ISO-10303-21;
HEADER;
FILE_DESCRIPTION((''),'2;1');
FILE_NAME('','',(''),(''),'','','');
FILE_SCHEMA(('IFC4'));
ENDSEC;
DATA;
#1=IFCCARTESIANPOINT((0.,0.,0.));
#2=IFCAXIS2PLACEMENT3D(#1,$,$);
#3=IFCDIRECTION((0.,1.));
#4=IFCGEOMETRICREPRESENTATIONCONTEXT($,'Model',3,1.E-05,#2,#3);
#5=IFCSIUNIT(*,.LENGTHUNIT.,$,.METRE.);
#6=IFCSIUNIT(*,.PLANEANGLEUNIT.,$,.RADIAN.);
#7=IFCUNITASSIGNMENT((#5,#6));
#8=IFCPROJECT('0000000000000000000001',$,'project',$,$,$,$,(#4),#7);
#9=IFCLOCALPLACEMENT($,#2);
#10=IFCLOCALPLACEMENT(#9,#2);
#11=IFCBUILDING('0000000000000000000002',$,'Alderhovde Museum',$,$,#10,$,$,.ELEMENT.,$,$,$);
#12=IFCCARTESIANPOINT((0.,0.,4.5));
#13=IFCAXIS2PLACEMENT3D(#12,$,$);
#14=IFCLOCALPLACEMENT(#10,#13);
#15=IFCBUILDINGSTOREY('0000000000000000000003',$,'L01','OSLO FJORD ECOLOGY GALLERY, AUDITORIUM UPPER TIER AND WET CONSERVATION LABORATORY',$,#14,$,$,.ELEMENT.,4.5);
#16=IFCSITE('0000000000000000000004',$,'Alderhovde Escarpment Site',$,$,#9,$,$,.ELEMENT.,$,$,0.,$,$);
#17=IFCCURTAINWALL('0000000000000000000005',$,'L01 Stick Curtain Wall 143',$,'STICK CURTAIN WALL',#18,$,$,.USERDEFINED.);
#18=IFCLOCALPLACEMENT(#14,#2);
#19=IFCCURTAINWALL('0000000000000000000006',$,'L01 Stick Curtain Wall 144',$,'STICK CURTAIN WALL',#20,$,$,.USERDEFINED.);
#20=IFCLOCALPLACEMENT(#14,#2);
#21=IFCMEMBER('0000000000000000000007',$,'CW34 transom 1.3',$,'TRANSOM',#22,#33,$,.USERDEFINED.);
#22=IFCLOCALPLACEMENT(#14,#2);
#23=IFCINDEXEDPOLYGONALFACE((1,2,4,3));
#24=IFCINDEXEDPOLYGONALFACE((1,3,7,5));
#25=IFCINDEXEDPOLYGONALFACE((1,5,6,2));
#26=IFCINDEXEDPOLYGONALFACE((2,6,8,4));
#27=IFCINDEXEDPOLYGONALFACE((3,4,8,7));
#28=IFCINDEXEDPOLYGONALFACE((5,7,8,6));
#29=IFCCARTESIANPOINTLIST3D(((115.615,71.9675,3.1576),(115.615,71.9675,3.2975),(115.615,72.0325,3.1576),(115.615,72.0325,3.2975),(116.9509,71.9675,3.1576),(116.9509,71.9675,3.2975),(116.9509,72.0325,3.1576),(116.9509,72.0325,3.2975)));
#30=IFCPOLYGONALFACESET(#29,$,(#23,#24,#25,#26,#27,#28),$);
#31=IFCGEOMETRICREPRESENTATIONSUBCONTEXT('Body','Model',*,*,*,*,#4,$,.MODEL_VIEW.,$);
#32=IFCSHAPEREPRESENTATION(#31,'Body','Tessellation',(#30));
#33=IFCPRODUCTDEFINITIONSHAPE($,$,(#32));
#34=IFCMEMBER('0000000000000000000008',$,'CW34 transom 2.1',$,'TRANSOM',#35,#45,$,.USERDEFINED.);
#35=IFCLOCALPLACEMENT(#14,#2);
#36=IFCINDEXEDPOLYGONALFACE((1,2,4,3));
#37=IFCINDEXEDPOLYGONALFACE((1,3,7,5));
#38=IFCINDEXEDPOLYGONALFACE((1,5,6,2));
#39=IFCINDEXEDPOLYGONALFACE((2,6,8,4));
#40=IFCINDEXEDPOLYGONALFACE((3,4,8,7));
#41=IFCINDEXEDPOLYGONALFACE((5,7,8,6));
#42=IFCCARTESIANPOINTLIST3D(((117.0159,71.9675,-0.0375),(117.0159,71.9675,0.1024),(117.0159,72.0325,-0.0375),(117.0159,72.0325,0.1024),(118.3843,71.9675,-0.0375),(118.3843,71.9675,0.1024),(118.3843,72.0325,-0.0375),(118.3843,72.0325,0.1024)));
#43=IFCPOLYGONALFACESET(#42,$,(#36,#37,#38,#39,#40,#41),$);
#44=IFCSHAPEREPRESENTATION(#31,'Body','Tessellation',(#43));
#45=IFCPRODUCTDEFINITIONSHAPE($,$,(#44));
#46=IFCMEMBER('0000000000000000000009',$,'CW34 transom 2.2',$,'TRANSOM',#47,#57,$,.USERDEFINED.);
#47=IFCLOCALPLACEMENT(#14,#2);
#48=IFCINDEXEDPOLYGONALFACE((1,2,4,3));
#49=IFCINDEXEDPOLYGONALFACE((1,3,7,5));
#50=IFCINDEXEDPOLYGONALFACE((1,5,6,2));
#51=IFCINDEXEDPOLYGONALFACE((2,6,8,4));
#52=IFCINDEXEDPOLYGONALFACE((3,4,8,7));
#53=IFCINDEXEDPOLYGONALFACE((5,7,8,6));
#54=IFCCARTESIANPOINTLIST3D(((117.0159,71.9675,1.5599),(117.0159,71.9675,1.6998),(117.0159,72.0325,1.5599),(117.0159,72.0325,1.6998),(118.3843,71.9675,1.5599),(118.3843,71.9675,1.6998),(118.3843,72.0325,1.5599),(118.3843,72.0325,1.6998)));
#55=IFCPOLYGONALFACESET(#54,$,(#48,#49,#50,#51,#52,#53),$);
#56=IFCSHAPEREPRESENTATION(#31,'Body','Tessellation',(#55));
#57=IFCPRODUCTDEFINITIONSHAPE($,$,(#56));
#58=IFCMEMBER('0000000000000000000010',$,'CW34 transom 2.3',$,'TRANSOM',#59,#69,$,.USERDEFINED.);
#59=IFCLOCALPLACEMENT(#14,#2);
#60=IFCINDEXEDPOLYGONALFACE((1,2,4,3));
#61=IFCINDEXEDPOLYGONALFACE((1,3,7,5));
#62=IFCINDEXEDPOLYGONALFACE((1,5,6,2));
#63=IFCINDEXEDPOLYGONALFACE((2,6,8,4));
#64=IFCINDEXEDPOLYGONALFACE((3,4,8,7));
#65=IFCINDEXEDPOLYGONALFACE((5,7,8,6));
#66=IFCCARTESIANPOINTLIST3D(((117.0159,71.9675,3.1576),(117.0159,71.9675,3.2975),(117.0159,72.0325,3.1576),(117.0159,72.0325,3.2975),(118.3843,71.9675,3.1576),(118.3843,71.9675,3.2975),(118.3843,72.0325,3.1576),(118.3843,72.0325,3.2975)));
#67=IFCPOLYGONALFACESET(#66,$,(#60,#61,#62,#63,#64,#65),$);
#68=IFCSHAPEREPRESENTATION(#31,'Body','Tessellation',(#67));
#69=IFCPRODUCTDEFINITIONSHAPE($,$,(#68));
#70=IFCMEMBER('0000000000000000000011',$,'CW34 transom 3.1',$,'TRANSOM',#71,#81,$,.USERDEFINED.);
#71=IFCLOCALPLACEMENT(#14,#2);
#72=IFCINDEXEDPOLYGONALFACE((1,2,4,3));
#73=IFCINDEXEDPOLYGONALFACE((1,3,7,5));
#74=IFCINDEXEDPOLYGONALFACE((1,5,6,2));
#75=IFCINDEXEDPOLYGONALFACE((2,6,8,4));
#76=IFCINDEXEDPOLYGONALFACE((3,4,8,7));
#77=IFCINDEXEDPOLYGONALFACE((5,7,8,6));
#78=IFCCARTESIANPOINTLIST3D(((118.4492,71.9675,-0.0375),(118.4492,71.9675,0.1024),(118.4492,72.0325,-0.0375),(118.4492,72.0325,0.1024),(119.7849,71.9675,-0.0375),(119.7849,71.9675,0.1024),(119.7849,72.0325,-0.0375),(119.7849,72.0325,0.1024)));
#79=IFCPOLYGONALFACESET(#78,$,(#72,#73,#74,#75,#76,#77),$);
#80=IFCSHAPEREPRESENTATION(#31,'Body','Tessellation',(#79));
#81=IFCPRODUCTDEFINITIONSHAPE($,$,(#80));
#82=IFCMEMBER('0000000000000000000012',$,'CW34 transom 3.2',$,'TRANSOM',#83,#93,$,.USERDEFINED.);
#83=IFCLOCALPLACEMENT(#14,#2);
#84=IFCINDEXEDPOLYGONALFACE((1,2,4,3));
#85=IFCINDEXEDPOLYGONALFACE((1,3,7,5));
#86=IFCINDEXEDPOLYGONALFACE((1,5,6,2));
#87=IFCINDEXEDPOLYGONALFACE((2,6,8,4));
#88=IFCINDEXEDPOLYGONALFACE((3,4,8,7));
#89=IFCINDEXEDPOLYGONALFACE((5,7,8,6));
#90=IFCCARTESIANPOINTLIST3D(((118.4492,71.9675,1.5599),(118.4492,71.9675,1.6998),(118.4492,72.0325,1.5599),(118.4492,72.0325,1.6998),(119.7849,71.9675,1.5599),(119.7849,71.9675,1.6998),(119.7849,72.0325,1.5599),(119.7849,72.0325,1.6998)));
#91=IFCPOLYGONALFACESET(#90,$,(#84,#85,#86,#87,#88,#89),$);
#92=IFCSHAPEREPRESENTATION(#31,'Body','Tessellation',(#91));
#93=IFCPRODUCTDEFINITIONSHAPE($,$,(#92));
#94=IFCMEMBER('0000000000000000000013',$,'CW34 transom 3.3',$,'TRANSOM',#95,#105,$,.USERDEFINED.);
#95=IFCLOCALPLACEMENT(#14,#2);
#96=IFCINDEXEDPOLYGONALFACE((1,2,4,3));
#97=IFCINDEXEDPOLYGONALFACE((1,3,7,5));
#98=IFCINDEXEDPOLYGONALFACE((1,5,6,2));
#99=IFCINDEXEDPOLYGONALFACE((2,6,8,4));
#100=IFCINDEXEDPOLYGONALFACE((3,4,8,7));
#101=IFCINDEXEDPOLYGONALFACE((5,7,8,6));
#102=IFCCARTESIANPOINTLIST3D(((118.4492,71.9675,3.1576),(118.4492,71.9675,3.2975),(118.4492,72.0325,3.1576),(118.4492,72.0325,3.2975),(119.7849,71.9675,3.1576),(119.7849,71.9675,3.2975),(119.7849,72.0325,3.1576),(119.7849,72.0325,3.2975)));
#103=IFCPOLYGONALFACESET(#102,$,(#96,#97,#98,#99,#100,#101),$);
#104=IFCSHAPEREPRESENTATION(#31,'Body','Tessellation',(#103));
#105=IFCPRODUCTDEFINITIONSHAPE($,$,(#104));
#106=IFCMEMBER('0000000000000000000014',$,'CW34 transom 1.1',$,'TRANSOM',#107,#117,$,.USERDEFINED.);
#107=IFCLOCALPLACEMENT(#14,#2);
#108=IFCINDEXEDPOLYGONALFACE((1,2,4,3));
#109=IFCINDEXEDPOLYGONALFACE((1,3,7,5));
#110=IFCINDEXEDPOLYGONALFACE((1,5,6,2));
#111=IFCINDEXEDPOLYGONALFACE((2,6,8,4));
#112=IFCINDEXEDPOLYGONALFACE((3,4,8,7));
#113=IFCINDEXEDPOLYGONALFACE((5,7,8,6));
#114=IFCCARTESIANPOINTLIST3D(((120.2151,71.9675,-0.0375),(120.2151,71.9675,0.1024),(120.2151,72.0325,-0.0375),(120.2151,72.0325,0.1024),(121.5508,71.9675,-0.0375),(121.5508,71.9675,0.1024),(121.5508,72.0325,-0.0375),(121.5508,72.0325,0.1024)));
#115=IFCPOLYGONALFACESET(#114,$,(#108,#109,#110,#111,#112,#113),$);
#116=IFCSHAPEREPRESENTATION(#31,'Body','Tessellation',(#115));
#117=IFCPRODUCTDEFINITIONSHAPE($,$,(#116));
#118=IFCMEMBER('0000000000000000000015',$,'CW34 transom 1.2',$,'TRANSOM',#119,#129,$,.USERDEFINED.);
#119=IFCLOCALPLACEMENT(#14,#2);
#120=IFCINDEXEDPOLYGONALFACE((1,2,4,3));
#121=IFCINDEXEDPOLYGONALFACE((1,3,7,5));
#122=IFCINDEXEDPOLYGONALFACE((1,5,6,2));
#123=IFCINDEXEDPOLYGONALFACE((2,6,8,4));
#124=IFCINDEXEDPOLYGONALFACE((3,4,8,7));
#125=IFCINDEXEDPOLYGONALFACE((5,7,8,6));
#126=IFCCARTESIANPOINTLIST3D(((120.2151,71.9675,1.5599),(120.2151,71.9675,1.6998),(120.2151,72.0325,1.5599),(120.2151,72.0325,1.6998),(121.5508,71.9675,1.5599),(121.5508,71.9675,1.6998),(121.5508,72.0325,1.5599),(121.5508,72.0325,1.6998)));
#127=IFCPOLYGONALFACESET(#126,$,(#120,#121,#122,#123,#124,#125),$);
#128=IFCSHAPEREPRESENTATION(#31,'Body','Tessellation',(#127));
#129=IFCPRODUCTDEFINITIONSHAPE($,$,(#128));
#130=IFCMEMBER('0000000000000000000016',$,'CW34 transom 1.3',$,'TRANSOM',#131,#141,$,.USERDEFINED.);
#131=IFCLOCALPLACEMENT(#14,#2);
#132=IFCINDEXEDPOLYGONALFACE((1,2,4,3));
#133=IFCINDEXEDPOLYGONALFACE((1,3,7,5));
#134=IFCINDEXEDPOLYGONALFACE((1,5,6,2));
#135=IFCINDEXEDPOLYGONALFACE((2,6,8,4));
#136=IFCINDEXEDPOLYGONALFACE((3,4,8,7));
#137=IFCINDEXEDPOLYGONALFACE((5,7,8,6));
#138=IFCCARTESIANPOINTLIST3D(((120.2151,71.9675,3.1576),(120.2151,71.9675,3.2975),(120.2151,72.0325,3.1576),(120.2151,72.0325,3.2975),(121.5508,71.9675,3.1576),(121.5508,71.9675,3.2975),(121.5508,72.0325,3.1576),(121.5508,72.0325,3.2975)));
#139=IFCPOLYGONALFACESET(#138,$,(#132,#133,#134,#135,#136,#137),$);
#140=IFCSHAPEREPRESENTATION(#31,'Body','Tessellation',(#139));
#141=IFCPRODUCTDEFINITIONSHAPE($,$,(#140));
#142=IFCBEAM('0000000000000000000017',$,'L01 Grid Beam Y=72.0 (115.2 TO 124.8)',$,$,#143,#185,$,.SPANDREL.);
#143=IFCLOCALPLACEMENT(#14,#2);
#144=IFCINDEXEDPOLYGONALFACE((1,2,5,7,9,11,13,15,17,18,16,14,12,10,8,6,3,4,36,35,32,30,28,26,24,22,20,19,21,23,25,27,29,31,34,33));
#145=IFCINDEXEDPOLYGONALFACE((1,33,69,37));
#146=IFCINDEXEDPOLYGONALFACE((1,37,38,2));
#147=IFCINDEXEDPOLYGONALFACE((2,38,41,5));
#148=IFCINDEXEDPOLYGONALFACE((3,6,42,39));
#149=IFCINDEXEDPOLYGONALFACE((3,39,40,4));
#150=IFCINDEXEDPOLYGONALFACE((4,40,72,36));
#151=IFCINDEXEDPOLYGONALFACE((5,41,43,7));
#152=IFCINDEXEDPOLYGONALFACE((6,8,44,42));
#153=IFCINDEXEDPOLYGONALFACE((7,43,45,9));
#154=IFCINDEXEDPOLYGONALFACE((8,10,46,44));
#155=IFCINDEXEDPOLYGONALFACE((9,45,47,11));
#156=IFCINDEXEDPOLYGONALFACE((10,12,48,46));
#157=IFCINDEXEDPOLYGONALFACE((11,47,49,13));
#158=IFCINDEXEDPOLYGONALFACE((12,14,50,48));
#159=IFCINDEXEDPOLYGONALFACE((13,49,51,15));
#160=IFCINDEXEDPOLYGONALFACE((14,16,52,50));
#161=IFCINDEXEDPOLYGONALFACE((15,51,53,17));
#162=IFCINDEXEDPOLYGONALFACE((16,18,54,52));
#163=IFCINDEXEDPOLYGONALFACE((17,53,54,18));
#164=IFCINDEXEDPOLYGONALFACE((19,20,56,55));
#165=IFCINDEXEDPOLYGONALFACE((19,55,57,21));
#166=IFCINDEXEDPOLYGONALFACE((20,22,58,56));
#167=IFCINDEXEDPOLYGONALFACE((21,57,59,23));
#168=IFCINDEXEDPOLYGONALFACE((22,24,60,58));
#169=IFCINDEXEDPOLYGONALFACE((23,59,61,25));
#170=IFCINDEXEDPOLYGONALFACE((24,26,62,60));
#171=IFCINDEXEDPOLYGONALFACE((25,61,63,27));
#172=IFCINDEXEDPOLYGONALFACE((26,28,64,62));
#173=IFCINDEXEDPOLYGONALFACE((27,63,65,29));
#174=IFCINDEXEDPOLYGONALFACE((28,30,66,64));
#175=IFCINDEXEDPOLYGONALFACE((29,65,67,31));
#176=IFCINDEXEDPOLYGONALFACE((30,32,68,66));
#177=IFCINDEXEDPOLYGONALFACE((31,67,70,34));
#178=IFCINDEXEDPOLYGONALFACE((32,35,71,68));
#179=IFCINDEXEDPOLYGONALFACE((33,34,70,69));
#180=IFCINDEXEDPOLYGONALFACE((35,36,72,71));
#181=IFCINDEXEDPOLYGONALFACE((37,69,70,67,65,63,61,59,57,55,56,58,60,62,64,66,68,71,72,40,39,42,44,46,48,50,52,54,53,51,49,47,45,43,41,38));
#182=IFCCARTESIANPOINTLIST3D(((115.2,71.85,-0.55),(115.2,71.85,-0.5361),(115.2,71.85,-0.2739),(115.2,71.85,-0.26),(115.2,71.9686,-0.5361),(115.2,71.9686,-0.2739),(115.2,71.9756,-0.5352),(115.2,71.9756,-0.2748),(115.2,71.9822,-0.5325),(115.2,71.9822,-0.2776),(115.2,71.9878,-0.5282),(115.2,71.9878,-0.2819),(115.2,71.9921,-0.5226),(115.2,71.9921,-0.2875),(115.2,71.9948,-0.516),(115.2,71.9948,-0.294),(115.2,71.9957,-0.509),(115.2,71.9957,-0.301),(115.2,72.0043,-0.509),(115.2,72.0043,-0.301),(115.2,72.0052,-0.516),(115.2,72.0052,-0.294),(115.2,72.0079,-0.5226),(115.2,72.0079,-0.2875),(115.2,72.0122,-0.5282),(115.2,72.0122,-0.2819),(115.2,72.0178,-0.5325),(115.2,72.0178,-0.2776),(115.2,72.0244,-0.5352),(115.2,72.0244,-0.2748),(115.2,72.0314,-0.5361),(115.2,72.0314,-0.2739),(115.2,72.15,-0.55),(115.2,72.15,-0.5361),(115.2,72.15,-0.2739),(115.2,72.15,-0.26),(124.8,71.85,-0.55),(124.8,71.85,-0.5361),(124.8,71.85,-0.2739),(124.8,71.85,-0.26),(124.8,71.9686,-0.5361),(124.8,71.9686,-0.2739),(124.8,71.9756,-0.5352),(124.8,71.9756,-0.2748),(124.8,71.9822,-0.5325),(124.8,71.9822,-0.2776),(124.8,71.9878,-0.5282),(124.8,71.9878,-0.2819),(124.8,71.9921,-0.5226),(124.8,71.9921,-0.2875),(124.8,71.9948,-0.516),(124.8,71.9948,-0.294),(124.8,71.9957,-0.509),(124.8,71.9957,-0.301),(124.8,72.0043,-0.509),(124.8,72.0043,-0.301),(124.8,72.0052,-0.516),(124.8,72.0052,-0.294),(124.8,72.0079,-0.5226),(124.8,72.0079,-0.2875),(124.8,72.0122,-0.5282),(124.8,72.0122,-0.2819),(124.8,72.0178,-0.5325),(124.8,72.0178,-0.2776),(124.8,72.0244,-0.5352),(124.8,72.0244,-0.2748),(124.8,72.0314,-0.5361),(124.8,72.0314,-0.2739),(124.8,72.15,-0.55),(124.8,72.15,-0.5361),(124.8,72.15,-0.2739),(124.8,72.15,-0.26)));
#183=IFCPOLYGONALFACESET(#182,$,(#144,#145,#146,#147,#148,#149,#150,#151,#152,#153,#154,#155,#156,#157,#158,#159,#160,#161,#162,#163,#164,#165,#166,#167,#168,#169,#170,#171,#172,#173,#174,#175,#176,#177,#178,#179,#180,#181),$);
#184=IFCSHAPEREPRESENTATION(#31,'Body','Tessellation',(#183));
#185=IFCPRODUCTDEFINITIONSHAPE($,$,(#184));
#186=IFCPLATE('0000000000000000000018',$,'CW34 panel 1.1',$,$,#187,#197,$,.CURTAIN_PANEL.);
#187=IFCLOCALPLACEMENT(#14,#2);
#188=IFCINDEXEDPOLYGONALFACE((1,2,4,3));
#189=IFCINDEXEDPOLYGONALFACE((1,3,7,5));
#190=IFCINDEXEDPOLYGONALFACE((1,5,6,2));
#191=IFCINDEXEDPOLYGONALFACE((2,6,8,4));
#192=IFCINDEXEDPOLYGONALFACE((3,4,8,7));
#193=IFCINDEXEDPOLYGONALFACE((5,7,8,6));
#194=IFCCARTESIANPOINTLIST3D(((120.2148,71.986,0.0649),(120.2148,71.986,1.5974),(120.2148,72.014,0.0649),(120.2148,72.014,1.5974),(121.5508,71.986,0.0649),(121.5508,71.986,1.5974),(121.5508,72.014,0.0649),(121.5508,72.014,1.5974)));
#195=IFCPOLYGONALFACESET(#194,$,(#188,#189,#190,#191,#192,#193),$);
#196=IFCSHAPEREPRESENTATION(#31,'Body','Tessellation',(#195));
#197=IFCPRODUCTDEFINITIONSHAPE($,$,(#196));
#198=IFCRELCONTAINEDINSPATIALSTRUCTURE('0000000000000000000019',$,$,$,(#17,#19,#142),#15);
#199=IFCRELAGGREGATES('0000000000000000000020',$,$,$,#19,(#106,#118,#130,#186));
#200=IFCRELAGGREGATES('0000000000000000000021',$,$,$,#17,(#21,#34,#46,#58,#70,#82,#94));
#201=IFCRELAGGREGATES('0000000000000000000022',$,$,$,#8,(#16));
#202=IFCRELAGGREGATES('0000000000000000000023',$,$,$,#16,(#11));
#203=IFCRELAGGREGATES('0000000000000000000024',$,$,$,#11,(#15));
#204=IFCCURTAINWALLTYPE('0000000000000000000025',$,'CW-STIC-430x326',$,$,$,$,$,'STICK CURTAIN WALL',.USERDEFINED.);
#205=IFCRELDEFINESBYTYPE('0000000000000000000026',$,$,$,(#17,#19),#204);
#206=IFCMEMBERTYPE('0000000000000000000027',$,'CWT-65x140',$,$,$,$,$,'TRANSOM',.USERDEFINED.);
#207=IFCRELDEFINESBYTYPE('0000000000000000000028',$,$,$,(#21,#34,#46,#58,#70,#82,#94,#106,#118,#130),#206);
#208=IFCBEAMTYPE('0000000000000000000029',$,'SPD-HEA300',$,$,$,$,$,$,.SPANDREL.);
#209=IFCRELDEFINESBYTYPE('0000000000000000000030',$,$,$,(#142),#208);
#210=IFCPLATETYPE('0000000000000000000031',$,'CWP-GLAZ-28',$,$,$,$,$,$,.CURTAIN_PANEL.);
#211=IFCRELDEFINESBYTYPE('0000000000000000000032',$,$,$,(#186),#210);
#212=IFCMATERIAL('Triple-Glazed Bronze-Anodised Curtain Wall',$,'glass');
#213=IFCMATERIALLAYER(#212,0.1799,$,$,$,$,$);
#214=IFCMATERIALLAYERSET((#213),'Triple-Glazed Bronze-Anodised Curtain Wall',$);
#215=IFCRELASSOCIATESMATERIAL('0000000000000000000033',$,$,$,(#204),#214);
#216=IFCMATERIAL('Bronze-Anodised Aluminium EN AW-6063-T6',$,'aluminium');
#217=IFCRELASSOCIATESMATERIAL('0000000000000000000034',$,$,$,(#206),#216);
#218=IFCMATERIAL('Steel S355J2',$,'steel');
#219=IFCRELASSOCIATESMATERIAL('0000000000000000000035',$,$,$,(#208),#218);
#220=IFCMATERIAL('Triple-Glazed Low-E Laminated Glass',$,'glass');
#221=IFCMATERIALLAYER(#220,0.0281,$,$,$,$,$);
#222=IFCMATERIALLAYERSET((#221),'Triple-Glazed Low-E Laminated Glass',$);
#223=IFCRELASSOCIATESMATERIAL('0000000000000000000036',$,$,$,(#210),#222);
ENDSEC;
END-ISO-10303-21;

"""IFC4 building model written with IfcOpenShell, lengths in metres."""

from ifc_helpers import new_model, si_unit, direction, frame, origin, origin_2d, place, context, subcontext, project, spatial, rectangle, i_section, extrude, material, layer, layer_set, material_profile, profile_set, type_object, element, aggregate, save


model = new_model("IFC4")

# Units and contexts
model_context = context("Model", 3, precision=1e-05, world=origin(), true_north=direction((0.0, 1.0)))
body_context = subcontext(model_context, "Body", "Model", "MODEL_VIEW")
ifc_project = project(units=[si_unit("LENGTHUNIT", "METRE"), si_unit("PLANEANGLEUNIT", "RADIAN")], contexts=[model_context])

# Site, building, storey
site_placement = place(None, origin())
site = spatial("IfcSite", under=ifc_project, at=site_placement, Name="Alderhovde Escarpment Site", CompositionType="ELEMENT", RefElevation=0.0)
building_placement = place(site_placement, origin())
building = spatial("IfcBuilding", under=site, at=building_placement, Name="Alderhovde Museum", CompositionType="ELEMENT")
storey_placement = place(building_placement, frame((0.0, 0.0, 4.5)))
storey = spatial("IfcBuildingStorey", under=building, at=storey_placement, Name="L01", Description="OSLO FJORD ECOLOGY GALLERY, AUDITORIUM UPPER TIER AND WET CONSERVATION LABORATORY", CompositionType="ELEMENT", Elevation=4.5)

# Curtain wall
ifc_material_1 = material(Name="Triple-Glazed Bronze-Anodised Curtain Wall", Category="glass")
ifc_layer_1 = layer(ifc_material_1, 0.1799)
ifc_layer_set_1 = layer_set([ifc_layer_1], Name="Triple-Glazed Bronze-Anodised Curtain Wall")
curtain_wall_type = type_object("IfcCurtainWallType", Name="CW-STIC-430x326", ElementType="STICK CURTAIN WALL", PredefinedType="USERDEFINED", material=ifc_layer_set_1)
curtain_wall_1_placement = place(storey_placement, origin())
curtain_wall_1 = element("IfcCurtainWall", 1, at=curtain_wall_1_placement, inside=storey, type_object=curtain_wall_type, Name="L01 Stick Curtain Wall 143", ObjectType="STICK CURTAIN WALL", PredefinedType="USERDEFINED")

# Curtain wall
curtain_wall_2_placement = place(storey_placement, origin())
curtain_wall_2 = element("IfcCurtainWall", 2, at=curtain_wall_2_placement, inside=storey, type_object=curtain_wall_type, Name="L01 Stick Curtain Wall 144", ObjectType="STICK CURTAIN WALL", PredefinedType="USERDEFINED")

# Members
ifc_material_2 = material(Name="Bronze-Anodised Aluminium EN AW-6063-T6", Category="aluminium")
ifc_material_profile_1 = material_profile(ifc_material_2, rectangle(XDim=0.0649, YDim=0.1399, at=origin_2d()), Name="TRANSOM 65x140")
ifc_profile_set_1 = profile_set([ifc_material_profile_1], Name="Bronze-Anodised Aluminium EN AW-6063-T6")
member_type_1 = type_object("IfcMemberType", Name="CWT-65x140", ElementType="TRANSOM", PredefinedType="USERDEFINED", material=ifc_profile_set_1)
member_1_placement = place(storey_placement, frame((115.615, 72.0, 3.2275), z_axis=(1.0, 0.0, 0.0), x_axis=(0.0, 1.0, 0.0)))
member_1 = element("IfcMember", 3, at=member_1_placement, type_object=member_type_1, Name="CW34 transom 1.3", ObjectType="TRANSOM", PredefinedType="USERDEFINED", context=body_context, shape_type="SweptSolid", body=[
    extrude(rectangle(XDim=0.0649, YDim=0.1399, at=origin_2d()), origin(), (0.0, 0.0, 1.0), 1.3359),
])
member_2_placement = place(storey_placement, frame((117.0159, 72.0, 0.0325), z_axis=(1.0, 0.0, 0.0), x_axis=(0.0, 1.0, 0.0)))
member_2 = element("IfcMember", 4, at=member_2_placement, type_object=member_type_1, Name="CW34 transom 2.1", ObjectType="TRANSOM", PredefinedType="USERDEFINED", context=body_context, shape_type="SweptSolid", body=[
    extrude(rectangle(XDim=0.0649, YDim=0.1399, at=origin_2d()), origin(), (0.0, 0.0, 1.0), 1.3684),
])
member_3_placement = place(storey_placement, frame((117.0159, 72.0, 1.6299), z_axis=(1.0, 0.0, 0.0), x_axis=(0.0, 1.0, 0.0)))
member_3 = element("IfcMember", 5, at=member_3_placement, type_object=member_type_1, Name="CW34 transom 2.2", ObjectType="TRANSOM", PredefinedType="USERDEFINED", context=body_context, shape_type="SweptSolid", body=[
    extrude(rectangle(XDim=0.0649, YDim=0.1399, at=origin_2d()), origin(), (0.0, 0.0, 1.0), 1.3684),
])
member_4_placement = place(storey_placement, frame((117.0159, 72.0, 3.2275), z_axis=(1.0, 0.0, 0.0), x_axis=(0.0, 1.0, 0.0)))
member_4 = element("IfcMember", 6, at=member_4_placement, type_object=member_type_1, Name="CW34 transom 2.3", ObjectType="TRANSOM", PredefinedType="USERDEFINED", context=body_context, shape_type="SweptSolid", body=[
    extrude(rectangle(XDim=0.0649, YDim=0.1399, at=origin_2d()), origin(), (0.0, 0.0, 1.0), 1.3684),
])
member_5_placement = place(storey_placement, frame((118.4492, 72.0, 0.0325), z_axis=(1.0, 0.0, 0.0), x_axis=(0.0, 1.0, 0.0)))
member_5 = element("IfcMember", 7, at=member_5_placement, type_object=member_type_1, Name="CW34 transom 3.1", ObjectType="TRANSOM", PredefinedType="USERDEFINED", context=body_context, shape_type="SweptSolid", body=[
    extrude(rectangle(XDim=0.0649, YDim=0.1399, at=origin_2d()), origin(), (0.0, 0.0, 1.0), 1.3357),
])
member_6_placement = place(storey_placement, frame((118.4492, 72.0, 1.6299), z_axis=(1.0, 0.0, 0.0), x_axis=(0.0, 1.0, 0.0)))
member_6 = element("IfcMember", 8, at=member_6_placement, type_object=member_type_1, Name="CW34 transom 3.2", ObjectType="TRANSOM", PredefinedType="USERDEFINED", context=body_context, shape_type="SweptSolid", body=[
    extrude(rectangle(XDim=0.0649, YDim=0.1399, at=origin_2d()), origin(), (0.0, 0.0, 1.0), 1.3357),
])
member_7_placement = place(storey_placement, frame((118.4492, 72.0, 3.2275), z_axis=(1.0, 0.0, 0.0), x_axis=(0.0, 1.0, 0.0)))
member_7 = element("IfcMember", 9, at=member_7_placement, type_object=member_type_1, Name="CW34 transom 3.3", ObjectType="TRANSOM", PredefinedType="USERDEFINED", context=body_context, shape_type="SweptSolid", body=[
    extrude(rectangle(XDim=0.0649, YDim=0.1399, at=origin_2d()), origin(), (0.0, 0.0, 1.0), 1.3357),
])
member_8_placement = place(storey_placement, frame((120.2151, 72.0, 0.0325), z_axis=(1.0, 0.0, 0.0), x_axis=(0.0, 1.0, 0.0)))
member_8 = element("IfcMember", 10, at=member_8_placement, type_object=member_type_1, Name="CW34 transom 1.1", ObjectType="TRANSOM", PredefinedType="USERDEFINED", context=body_context, shape_type="SweptSolid", body=[
    extrude(rectangle(XDim=0.0649, YDim=0.1399, at=origin_2d()), origin(), (0.0, 0.0, 1.0), 1.3357),
])
member_9_placement = place(storey_placement, frame((120.2151, 72.0, 1.6299), z_axis=(1.0, 0.0, 0.0), x_axis=(0.0, 1.0, 0.0)))
member_9 = element("IfcMember", 11, at=member_9_placement, type_object=member_type_1, Name="CW34 transom 1.2", ObjectType="TRANSOM", PredefinedType="USERDEFINED", context=body_context, shape_type="SweptSolid", body=[
    extrude(rectangle(XDim=0.0649, YDim=0.1399, at=origin_2d()), origin(), (0.0, 0.0, 1.0), 1.3357),
])
member_10_placement = place(storey_placement, frame((120.2151, 72.0, 3.2275), z_axis=(1.0, 0.0, 0.0), x_axis=(0.0, 1.0, 0.0)))
member_10 = element("IfcMember", 12, at=member_10_placement, type_object=member_type_1, Name="CW34 transom 1.3", ObjectType="TRANSOM", PredefinedType="USERDEFINED", context=body_context, shape_type="SweptSolid", body=[
    extrude(rectangle(XDim=0.0649, YDim=0.1399, at=origin_2d()), origin(), (0.0, 0.0, 1.0), 1.3357),
])

# Beam
ifc_material_3 = material(Name="Steel S355J2", Category="steel")
ifc_material_profile_2 = material_profile(ifc_material_3, i_section(OverallWidth=0.3, OverallDepth=0.29, WebThickness=0.0085, FlangeThickness=0.0139, FilletRadius=0.0271, at=origin_2d()), Name="HEA 300")
ifc_profile_set_2 = profile_set([ifc_material_profile_2], Name="Steel S355J2")
beam_type_1 = type_object("IfcBeamType", Name="SPD-HEA300", PredefinedType="SPANDREL", material=ifc_profile_set_2)
beam_1_placement = place(storey_placement, frame((115.2, 72.0, -0.405), z_axis=(1.0, 0.0, 0.0), x_axis=(0.0, 1.0, 0.0)))
element("IfcBeam", 13, at=beam_1_placement, inside=storey, type_object=beam_type_1, Name="L01 Grid Beam Y=72.0 (115.2 TO 124.8)", PredefinedType="SPANDREL", context=body_context, shape_type="SweptSolid", body=[
    extrude(i_section(OverallWidth=0.3, OverallDepth=0.29, WebThickness=0.0085, FlangeThickness=0.0139, FilletRadius=0.0271, at=origin_2d()), origin(), (0.0, 0.0, 1.0), 9.6001),
])

# Plate
ifc_material_4 = material(Name="Triple-Glazed Low-E Laminated Glass", Category="glass")
ifc_layer_2 = layer(ifc_material_4, 0.0281)
ifc_layer_set_2 = layer_set([ifc_layer_2], Name="Triple-Glazed Low-E Laminated Glass")
plate_type_1 = type_object("IfcPlateType", Name="CWP-GLAZ-28", PredefinedType="CURTAIN_PANEL", material=ifc_layer_set_2)
plate_1_placement = place(storey_placement, frame((120.8828, 72.0, 0.0649), z_axis=(0.0, 0.0, 1.0), x_axis=(1.0, 0.0, 0.0)))
plate_1 = element("IfcPlate", 14, at=plate_1_placement, type_object=plate_type_1, Name="CW34 panel 1.1", PredefinedType="CURTAIN_PANEL", context=body_context, shape_type="SweptSolid", body=[
    extrude(rectangle(XDim=1.3359, YDim=0.0281, at=origin_2d()), origin(), (0.0, 0.0, 1.0), 1.5325),
])
aggregate(curtain_wall_2, [member_8, member_9, member_10, plate_1])
aggregate(curtain_wall_1, [member_1, member_2, member_3, member_4, member_5, member_6, member_7])

save(model, "model.ifc")
